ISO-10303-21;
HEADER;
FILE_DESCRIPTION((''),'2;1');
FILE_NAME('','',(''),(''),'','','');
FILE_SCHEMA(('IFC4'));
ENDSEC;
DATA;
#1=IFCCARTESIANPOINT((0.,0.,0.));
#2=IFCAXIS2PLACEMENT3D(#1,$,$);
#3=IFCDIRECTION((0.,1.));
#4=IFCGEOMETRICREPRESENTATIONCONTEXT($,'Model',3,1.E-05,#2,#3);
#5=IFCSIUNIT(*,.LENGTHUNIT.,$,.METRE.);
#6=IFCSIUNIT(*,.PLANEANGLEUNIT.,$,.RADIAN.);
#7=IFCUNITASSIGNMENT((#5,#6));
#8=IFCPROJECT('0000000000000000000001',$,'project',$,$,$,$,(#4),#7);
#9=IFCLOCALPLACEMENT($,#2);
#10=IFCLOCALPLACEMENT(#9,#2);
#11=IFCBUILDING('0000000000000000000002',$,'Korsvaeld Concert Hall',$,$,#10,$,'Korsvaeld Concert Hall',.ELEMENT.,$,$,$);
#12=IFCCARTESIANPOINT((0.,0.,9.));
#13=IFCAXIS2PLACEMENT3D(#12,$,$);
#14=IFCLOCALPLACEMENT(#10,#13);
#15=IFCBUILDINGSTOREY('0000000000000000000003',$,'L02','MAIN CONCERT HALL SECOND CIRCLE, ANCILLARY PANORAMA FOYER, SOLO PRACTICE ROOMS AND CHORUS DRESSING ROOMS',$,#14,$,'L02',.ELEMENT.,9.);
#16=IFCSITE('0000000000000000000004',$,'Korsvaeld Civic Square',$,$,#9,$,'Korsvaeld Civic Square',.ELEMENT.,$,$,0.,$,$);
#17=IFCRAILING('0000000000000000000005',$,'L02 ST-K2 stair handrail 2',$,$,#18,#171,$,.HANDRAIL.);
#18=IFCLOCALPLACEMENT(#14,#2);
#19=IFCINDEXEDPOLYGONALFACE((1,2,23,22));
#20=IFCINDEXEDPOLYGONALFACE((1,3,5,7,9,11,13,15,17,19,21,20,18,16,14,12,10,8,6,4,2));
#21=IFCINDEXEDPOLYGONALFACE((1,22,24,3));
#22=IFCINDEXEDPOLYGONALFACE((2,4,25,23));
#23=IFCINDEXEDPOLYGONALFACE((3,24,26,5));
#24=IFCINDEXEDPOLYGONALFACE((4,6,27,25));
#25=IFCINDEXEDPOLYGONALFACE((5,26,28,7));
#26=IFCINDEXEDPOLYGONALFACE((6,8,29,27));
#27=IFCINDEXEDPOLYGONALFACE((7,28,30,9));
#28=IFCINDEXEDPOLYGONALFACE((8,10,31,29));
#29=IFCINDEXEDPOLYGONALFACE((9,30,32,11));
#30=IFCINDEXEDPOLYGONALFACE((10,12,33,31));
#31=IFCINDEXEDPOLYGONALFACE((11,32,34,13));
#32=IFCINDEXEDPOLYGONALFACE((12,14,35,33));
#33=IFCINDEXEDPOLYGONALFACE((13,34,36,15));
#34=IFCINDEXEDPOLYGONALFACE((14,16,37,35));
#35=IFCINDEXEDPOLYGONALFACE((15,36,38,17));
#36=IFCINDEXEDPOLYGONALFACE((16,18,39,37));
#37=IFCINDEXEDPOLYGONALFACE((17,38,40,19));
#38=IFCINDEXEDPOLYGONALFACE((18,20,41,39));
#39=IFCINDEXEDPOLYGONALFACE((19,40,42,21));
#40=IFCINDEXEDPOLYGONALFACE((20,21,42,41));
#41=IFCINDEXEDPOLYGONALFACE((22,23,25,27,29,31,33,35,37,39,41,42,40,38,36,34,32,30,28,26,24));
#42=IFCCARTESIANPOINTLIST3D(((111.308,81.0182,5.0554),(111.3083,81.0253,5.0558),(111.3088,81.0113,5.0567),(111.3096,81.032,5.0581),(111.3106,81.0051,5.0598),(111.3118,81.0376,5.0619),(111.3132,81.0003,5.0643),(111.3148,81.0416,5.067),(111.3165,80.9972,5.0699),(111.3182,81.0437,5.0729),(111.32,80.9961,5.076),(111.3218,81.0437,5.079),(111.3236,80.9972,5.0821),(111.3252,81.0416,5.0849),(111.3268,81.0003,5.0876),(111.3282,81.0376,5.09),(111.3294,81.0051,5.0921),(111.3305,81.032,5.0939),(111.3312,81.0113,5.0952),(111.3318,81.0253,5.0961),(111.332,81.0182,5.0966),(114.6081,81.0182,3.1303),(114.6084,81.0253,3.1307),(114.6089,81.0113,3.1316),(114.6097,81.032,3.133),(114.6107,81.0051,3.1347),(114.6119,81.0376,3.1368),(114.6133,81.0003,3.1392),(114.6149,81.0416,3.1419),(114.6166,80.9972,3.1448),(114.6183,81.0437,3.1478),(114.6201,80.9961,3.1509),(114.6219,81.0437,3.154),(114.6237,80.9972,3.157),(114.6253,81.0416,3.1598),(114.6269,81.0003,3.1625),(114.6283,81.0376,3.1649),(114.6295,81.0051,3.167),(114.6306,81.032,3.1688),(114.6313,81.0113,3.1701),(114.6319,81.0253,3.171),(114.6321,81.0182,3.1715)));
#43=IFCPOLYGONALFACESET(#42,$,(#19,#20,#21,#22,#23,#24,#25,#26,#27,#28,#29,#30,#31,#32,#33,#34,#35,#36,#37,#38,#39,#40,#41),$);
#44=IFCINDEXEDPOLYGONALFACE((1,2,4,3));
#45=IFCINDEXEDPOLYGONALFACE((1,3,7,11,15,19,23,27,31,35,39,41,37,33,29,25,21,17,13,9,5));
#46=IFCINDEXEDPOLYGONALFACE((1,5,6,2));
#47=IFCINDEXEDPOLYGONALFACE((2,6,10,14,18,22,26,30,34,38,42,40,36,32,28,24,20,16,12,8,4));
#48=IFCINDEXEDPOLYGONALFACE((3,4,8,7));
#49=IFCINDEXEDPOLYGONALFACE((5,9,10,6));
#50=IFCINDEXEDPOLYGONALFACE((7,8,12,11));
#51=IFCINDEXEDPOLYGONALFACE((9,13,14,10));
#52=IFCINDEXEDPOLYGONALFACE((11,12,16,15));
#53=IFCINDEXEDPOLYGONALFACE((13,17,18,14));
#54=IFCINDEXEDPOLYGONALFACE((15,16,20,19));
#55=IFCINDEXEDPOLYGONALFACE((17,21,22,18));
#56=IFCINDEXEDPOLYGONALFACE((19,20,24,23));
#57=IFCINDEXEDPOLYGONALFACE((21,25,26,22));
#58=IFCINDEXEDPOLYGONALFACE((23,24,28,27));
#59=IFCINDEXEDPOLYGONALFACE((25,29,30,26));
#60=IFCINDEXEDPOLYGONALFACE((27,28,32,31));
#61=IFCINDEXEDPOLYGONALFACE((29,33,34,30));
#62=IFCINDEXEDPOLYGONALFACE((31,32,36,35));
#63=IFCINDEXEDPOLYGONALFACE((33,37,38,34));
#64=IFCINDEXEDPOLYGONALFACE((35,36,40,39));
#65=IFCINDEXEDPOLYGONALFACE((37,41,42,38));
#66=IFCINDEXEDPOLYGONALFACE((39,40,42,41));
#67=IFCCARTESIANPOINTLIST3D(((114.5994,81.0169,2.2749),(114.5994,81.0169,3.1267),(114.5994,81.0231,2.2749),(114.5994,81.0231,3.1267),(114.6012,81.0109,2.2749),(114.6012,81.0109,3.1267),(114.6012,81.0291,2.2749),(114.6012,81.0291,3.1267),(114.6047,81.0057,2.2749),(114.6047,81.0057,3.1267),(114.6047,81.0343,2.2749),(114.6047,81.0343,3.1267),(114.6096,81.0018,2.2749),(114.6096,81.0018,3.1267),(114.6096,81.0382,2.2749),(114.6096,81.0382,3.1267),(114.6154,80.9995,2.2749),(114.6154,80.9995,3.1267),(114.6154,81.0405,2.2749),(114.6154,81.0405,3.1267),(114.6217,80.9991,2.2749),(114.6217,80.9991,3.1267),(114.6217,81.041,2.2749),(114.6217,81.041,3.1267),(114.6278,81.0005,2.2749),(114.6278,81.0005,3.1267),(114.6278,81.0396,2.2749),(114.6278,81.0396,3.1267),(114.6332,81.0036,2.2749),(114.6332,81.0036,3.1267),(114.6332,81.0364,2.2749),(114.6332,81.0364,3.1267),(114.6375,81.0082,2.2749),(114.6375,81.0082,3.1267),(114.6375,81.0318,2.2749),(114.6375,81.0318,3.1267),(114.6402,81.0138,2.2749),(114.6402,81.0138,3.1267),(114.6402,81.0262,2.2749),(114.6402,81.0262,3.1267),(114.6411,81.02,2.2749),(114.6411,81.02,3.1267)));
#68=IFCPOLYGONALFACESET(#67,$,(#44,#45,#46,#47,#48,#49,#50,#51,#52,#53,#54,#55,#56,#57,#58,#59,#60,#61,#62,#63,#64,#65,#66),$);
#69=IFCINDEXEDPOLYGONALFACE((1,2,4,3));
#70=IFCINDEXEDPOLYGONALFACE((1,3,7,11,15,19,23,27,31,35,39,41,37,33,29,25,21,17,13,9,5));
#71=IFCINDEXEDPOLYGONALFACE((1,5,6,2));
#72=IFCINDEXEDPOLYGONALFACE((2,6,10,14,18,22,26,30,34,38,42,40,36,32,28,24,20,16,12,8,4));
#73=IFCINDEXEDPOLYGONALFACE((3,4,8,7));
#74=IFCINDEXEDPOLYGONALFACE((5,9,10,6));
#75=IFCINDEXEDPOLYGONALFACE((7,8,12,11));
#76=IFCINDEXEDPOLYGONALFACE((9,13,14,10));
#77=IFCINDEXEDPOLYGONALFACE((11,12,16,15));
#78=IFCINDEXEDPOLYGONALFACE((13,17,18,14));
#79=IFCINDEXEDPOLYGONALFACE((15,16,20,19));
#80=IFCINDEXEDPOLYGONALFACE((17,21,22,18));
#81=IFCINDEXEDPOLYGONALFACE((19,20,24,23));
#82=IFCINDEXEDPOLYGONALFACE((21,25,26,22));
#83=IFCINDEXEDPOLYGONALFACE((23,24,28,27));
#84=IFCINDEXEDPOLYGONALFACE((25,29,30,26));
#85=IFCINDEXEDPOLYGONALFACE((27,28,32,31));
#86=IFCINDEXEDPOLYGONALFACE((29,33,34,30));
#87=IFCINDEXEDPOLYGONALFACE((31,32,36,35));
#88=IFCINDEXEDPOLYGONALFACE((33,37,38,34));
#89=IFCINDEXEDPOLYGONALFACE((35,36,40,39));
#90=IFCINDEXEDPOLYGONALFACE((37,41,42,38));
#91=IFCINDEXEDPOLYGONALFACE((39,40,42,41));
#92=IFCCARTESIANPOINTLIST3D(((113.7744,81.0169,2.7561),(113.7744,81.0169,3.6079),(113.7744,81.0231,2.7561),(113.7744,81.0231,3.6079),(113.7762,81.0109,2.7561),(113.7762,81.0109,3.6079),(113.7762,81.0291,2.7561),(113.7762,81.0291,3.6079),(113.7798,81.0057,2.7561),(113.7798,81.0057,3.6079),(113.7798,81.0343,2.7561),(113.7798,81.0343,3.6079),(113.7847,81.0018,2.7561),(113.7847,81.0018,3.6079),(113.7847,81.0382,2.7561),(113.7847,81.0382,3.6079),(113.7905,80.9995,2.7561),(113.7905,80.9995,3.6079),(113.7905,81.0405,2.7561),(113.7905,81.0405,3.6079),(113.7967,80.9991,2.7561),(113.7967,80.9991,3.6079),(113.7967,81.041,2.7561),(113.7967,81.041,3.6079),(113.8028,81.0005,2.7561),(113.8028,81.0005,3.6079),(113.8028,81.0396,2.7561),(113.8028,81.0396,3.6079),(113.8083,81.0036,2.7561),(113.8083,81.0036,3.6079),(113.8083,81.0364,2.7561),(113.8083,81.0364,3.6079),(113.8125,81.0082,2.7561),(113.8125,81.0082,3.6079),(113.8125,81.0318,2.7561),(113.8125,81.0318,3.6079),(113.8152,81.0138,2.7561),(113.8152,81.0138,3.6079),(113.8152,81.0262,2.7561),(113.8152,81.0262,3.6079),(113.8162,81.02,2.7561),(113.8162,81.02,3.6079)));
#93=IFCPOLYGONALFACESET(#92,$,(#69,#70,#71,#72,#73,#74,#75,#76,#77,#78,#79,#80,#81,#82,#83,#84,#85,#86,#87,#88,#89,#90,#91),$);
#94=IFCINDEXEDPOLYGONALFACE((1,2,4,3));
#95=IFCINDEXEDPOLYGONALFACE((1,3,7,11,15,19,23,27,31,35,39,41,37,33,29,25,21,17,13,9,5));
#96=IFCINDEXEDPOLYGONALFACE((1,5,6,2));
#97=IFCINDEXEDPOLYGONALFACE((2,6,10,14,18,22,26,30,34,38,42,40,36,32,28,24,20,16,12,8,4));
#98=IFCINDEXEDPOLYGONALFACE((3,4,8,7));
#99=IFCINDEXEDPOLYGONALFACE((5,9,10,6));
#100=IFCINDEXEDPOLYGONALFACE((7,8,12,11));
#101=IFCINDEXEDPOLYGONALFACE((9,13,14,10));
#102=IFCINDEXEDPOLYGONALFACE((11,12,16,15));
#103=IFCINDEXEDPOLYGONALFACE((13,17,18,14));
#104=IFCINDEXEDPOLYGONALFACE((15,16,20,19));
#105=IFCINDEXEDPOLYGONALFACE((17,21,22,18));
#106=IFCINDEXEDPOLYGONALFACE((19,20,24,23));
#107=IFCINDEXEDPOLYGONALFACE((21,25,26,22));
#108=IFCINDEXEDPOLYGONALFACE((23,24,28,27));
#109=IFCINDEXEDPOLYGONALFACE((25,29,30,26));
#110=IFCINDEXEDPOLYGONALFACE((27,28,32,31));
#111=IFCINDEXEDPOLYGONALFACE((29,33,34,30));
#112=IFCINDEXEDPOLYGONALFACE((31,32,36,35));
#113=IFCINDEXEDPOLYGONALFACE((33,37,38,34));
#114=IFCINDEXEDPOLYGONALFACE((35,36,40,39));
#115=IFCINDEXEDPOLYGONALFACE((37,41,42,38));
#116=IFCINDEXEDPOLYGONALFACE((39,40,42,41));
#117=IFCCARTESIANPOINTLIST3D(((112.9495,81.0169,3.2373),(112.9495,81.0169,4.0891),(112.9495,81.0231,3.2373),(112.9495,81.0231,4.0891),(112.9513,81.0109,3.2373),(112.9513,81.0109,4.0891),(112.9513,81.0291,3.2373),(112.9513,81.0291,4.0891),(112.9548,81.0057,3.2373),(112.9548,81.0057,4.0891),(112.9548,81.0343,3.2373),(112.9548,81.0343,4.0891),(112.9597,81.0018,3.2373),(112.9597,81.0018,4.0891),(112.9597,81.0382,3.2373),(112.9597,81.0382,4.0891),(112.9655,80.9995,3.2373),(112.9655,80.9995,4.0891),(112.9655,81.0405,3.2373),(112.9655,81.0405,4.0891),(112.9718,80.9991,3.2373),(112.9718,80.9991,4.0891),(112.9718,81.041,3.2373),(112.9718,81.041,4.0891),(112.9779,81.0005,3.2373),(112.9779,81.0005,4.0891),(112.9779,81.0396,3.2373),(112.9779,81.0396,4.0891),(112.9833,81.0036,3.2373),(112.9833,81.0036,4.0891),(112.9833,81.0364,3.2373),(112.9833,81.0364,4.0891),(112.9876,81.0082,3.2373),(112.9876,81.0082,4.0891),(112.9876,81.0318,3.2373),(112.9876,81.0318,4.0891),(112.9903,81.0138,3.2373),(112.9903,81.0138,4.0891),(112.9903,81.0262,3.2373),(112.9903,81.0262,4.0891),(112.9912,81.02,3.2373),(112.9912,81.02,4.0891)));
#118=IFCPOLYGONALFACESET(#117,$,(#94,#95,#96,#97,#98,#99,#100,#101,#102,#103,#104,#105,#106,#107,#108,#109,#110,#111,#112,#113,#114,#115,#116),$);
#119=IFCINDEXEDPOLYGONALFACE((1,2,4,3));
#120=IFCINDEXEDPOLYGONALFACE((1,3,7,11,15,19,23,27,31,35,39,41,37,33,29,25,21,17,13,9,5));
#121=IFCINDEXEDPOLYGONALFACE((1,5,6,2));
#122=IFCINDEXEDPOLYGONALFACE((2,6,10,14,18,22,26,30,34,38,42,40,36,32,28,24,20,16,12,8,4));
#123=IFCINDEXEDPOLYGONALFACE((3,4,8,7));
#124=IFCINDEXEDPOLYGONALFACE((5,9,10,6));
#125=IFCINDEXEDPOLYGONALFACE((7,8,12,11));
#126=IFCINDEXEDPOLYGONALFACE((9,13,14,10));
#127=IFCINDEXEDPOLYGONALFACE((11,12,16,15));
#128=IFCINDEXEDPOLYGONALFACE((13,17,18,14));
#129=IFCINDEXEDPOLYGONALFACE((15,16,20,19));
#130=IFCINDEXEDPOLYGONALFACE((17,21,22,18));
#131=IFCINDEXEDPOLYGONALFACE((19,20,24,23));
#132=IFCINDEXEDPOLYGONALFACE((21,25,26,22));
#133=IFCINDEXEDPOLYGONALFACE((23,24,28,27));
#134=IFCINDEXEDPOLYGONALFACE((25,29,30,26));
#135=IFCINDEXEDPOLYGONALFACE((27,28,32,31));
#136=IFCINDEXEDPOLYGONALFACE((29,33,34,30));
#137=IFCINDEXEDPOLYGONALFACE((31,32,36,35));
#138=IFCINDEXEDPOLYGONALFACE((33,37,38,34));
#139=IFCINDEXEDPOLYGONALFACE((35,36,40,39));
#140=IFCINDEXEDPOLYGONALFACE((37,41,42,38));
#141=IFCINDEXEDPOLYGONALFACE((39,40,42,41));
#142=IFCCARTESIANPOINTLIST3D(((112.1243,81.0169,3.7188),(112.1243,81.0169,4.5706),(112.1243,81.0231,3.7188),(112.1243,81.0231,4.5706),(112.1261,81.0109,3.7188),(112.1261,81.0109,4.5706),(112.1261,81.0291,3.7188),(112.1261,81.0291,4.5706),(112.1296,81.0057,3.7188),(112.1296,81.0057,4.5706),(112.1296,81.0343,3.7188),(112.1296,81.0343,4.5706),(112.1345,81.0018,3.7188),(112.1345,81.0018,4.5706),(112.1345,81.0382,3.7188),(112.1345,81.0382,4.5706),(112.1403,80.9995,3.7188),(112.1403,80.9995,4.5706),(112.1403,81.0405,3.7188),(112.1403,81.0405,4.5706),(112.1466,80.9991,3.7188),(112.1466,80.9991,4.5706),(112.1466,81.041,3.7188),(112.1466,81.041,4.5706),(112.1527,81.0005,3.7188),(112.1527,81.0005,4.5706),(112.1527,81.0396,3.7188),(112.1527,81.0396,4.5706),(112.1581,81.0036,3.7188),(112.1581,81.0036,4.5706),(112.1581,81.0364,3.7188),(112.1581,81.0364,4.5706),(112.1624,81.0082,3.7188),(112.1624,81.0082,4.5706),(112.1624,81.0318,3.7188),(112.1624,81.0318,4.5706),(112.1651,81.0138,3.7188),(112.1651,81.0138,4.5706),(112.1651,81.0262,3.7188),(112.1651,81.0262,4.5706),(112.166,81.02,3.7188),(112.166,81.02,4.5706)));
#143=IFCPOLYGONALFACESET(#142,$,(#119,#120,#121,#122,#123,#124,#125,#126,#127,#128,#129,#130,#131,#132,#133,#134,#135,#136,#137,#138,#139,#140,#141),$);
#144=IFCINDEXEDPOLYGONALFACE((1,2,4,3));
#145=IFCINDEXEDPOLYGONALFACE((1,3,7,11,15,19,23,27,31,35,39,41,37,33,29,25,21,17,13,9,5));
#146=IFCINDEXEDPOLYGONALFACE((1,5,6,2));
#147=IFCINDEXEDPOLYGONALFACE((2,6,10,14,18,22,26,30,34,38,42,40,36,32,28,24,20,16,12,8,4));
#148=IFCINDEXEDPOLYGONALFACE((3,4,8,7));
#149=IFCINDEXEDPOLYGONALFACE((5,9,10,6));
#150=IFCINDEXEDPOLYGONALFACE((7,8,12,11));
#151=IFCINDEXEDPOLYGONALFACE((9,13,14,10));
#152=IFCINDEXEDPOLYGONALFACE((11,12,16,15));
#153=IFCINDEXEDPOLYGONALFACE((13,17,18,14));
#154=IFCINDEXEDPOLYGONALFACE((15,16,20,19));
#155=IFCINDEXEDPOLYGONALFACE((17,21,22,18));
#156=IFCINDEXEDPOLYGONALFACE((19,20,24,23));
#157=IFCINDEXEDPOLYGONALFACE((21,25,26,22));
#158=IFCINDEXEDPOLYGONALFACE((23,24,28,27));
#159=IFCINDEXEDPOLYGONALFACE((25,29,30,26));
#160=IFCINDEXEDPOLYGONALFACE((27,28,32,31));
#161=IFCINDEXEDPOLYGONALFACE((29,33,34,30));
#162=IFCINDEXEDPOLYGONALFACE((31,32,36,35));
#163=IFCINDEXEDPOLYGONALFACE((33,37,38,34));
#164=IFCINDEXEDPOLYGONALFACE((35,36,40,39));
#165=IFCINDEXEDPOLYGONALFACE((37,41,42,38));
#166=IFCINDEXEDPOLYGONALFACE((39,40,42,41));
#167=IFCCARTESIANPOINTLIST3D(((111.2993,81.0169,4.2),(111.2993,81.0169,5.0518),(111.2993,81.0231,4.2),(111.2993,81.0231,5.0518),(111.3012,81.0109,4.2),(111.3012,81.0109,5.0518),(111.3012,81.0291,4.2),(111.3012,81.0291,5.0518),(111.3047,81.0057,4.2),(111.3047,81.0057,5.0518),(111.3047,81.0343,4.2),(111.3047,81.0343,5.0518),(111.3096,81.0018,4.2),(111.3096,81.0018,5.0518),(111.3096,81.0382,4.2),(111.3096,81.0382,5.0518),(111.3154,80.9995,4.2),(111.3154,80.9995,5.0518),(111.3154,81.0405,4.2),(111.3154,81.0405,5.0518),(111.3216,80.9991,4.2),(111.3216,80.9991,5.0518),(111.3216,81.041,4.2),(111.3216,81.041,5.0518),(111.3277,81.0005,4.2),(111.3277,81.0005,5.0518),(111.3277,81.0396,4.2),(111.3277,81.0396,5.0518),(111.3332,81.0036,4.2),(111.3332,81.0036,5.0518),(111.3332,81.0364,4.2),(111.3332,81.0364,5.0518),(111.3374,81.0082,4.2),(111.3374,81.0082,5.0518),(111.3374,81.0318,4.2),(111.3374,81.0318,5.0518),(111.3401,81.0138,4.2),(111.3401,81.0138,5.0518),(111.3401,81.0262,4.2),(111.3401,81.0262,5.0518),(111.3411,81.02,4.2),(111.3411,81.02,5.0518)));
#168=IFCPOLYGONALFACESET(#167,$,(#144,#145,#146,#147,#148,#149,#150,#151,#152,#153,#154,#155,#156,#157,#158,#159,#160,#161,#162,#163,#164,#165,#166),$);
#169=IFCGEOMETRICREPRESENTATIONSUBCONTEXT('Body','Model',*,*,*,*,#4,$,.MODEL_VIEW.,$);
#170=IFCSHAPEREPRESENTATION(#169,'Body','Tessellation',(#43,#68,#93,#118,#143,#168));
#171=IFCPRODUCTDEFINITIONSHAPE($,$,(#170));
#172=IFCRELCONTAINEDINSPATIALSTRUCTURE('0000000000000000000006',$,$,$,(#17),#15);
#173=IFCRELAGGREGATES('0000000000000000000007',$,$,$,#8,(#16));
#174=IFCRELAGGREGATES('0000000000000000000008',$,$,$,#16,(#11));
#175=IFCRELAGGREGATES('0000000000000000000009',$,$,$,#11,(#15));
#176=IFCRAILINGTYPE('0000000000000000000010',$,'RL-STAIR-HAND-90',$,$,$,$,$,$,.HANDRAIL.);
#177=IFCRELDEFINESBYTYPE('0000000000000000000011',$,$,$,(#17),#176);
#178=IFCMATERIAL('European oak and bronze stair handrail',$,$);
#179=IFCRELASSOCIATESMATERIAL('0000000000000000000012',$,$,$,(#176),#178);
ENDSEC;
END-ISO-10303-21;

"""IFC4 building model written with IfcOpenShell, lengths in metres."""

from ifc_helpers import new_model, si_unit, direction, frame, origin, origin_2d, place, context, subcontext, project, spatial, circle, extrude, material, type_object, element, save


model = new_model("IFC4")

# Units and contexts
model_context = context("Model", 3, precision=1e-05, world=origin(), true_north=direction((0.0, 1.0)))
body_context = subcontext(model_context, "Body", "Model", "MODEL_VIEW")
ifc_project = project(units=[si_unit("LENGTHUNIT", "METRE"), si_unit("PLANEANGLEUNIT", "RADIAN")], contexts=[model_context])

# Site, building, storey
site_placement = place(None, origin())
site = spatial("IfcSite", under=ifc_project, at=site_placement, Name="Korsvaeld Civic Square", LongName="Korsvaeld Civic Square", CompositionType="ELEMENT", RefElevation=0.0)
building_placement = place(site_placement, origin())
building = spatial("IfcBuilding", under=site, at=building_placement, Name="Korsvaeld Concert Hall", LongName="Korsvaeld Concert Hall", CompositionType="ELEMENT")
storey_placement = place(building_placement, frame((0.0, 0.0, 9.0)))
storey = spatial("IfcBuildingStorey", under=building, at=storey_placement, Name="L02", Description="MAIN CONCERT HALL SECOND CIRCLE, ANCILLARY PANORAMA FOYER, SOLO PRACTICE ROOMS AND CHORUS DRESSING ROOMS", LongName="L02", CompositionType="ELEMENT", Elevation=9.0)

# Railing
ifc_material_1 = material(Name="European oak and bronze stair handrail")
railing_type_1 = type_object("IfcRailingType", Name="RL-STAIR-HAND-90", PredefinedType="HANDRAIL", material=ifc_material_1)
railing_1_placement = place(storey_placement, frame((114.6201, 81.02, 2.2749)))
element("IfcRailing", 1, at=railing_1_placement, inside=storey, type_object=railing_type_1, Name="L02 ST-K2 stair handrail 2", PredefinedType="HANDRAIL", context=body_context, shape_type="SweptSolid", body=[
    extrude(circle(Radius=0.0239, at=origin_2d()), frame((0.0, 0.0, 0.876), z_axis=(-0.863777, 0.0, 0.503875), x_axis=(0.0, -1.0, 0.0)), (0.0, 0.0, 1.0), 3.8206),
    extrude(circle(Radius=0.021, at=origin_2d()), origin(), (0.0, 0.0, 1.0), 0.8518),
    extrude(circle(Radius=0.021, at=origin_2d()), frame((-0.825, 0.0, 0.4812)), (0.0, 0.0, 1.0), 0.8518),
    extrude(circle(Radius=0.021, at=origin_2d()), frame((-1.6499, 0.0, 0.9624)), (0.0, 0.0, 1.0), 0.8518),
    extrude(circle(Radius=0.021, at=origin_2d()), frame((-2.4751, 0.0, 1.4438)), (0.0, 0.0, 1.0), 0.8518),
    extrude(circle(Radius=0.021, at=origin_2d()), frame((-3.3, 0.0, 1.925)), (0.0, 0.0, 1.0), 0.8518),
])

save(model, "model.ifc")
